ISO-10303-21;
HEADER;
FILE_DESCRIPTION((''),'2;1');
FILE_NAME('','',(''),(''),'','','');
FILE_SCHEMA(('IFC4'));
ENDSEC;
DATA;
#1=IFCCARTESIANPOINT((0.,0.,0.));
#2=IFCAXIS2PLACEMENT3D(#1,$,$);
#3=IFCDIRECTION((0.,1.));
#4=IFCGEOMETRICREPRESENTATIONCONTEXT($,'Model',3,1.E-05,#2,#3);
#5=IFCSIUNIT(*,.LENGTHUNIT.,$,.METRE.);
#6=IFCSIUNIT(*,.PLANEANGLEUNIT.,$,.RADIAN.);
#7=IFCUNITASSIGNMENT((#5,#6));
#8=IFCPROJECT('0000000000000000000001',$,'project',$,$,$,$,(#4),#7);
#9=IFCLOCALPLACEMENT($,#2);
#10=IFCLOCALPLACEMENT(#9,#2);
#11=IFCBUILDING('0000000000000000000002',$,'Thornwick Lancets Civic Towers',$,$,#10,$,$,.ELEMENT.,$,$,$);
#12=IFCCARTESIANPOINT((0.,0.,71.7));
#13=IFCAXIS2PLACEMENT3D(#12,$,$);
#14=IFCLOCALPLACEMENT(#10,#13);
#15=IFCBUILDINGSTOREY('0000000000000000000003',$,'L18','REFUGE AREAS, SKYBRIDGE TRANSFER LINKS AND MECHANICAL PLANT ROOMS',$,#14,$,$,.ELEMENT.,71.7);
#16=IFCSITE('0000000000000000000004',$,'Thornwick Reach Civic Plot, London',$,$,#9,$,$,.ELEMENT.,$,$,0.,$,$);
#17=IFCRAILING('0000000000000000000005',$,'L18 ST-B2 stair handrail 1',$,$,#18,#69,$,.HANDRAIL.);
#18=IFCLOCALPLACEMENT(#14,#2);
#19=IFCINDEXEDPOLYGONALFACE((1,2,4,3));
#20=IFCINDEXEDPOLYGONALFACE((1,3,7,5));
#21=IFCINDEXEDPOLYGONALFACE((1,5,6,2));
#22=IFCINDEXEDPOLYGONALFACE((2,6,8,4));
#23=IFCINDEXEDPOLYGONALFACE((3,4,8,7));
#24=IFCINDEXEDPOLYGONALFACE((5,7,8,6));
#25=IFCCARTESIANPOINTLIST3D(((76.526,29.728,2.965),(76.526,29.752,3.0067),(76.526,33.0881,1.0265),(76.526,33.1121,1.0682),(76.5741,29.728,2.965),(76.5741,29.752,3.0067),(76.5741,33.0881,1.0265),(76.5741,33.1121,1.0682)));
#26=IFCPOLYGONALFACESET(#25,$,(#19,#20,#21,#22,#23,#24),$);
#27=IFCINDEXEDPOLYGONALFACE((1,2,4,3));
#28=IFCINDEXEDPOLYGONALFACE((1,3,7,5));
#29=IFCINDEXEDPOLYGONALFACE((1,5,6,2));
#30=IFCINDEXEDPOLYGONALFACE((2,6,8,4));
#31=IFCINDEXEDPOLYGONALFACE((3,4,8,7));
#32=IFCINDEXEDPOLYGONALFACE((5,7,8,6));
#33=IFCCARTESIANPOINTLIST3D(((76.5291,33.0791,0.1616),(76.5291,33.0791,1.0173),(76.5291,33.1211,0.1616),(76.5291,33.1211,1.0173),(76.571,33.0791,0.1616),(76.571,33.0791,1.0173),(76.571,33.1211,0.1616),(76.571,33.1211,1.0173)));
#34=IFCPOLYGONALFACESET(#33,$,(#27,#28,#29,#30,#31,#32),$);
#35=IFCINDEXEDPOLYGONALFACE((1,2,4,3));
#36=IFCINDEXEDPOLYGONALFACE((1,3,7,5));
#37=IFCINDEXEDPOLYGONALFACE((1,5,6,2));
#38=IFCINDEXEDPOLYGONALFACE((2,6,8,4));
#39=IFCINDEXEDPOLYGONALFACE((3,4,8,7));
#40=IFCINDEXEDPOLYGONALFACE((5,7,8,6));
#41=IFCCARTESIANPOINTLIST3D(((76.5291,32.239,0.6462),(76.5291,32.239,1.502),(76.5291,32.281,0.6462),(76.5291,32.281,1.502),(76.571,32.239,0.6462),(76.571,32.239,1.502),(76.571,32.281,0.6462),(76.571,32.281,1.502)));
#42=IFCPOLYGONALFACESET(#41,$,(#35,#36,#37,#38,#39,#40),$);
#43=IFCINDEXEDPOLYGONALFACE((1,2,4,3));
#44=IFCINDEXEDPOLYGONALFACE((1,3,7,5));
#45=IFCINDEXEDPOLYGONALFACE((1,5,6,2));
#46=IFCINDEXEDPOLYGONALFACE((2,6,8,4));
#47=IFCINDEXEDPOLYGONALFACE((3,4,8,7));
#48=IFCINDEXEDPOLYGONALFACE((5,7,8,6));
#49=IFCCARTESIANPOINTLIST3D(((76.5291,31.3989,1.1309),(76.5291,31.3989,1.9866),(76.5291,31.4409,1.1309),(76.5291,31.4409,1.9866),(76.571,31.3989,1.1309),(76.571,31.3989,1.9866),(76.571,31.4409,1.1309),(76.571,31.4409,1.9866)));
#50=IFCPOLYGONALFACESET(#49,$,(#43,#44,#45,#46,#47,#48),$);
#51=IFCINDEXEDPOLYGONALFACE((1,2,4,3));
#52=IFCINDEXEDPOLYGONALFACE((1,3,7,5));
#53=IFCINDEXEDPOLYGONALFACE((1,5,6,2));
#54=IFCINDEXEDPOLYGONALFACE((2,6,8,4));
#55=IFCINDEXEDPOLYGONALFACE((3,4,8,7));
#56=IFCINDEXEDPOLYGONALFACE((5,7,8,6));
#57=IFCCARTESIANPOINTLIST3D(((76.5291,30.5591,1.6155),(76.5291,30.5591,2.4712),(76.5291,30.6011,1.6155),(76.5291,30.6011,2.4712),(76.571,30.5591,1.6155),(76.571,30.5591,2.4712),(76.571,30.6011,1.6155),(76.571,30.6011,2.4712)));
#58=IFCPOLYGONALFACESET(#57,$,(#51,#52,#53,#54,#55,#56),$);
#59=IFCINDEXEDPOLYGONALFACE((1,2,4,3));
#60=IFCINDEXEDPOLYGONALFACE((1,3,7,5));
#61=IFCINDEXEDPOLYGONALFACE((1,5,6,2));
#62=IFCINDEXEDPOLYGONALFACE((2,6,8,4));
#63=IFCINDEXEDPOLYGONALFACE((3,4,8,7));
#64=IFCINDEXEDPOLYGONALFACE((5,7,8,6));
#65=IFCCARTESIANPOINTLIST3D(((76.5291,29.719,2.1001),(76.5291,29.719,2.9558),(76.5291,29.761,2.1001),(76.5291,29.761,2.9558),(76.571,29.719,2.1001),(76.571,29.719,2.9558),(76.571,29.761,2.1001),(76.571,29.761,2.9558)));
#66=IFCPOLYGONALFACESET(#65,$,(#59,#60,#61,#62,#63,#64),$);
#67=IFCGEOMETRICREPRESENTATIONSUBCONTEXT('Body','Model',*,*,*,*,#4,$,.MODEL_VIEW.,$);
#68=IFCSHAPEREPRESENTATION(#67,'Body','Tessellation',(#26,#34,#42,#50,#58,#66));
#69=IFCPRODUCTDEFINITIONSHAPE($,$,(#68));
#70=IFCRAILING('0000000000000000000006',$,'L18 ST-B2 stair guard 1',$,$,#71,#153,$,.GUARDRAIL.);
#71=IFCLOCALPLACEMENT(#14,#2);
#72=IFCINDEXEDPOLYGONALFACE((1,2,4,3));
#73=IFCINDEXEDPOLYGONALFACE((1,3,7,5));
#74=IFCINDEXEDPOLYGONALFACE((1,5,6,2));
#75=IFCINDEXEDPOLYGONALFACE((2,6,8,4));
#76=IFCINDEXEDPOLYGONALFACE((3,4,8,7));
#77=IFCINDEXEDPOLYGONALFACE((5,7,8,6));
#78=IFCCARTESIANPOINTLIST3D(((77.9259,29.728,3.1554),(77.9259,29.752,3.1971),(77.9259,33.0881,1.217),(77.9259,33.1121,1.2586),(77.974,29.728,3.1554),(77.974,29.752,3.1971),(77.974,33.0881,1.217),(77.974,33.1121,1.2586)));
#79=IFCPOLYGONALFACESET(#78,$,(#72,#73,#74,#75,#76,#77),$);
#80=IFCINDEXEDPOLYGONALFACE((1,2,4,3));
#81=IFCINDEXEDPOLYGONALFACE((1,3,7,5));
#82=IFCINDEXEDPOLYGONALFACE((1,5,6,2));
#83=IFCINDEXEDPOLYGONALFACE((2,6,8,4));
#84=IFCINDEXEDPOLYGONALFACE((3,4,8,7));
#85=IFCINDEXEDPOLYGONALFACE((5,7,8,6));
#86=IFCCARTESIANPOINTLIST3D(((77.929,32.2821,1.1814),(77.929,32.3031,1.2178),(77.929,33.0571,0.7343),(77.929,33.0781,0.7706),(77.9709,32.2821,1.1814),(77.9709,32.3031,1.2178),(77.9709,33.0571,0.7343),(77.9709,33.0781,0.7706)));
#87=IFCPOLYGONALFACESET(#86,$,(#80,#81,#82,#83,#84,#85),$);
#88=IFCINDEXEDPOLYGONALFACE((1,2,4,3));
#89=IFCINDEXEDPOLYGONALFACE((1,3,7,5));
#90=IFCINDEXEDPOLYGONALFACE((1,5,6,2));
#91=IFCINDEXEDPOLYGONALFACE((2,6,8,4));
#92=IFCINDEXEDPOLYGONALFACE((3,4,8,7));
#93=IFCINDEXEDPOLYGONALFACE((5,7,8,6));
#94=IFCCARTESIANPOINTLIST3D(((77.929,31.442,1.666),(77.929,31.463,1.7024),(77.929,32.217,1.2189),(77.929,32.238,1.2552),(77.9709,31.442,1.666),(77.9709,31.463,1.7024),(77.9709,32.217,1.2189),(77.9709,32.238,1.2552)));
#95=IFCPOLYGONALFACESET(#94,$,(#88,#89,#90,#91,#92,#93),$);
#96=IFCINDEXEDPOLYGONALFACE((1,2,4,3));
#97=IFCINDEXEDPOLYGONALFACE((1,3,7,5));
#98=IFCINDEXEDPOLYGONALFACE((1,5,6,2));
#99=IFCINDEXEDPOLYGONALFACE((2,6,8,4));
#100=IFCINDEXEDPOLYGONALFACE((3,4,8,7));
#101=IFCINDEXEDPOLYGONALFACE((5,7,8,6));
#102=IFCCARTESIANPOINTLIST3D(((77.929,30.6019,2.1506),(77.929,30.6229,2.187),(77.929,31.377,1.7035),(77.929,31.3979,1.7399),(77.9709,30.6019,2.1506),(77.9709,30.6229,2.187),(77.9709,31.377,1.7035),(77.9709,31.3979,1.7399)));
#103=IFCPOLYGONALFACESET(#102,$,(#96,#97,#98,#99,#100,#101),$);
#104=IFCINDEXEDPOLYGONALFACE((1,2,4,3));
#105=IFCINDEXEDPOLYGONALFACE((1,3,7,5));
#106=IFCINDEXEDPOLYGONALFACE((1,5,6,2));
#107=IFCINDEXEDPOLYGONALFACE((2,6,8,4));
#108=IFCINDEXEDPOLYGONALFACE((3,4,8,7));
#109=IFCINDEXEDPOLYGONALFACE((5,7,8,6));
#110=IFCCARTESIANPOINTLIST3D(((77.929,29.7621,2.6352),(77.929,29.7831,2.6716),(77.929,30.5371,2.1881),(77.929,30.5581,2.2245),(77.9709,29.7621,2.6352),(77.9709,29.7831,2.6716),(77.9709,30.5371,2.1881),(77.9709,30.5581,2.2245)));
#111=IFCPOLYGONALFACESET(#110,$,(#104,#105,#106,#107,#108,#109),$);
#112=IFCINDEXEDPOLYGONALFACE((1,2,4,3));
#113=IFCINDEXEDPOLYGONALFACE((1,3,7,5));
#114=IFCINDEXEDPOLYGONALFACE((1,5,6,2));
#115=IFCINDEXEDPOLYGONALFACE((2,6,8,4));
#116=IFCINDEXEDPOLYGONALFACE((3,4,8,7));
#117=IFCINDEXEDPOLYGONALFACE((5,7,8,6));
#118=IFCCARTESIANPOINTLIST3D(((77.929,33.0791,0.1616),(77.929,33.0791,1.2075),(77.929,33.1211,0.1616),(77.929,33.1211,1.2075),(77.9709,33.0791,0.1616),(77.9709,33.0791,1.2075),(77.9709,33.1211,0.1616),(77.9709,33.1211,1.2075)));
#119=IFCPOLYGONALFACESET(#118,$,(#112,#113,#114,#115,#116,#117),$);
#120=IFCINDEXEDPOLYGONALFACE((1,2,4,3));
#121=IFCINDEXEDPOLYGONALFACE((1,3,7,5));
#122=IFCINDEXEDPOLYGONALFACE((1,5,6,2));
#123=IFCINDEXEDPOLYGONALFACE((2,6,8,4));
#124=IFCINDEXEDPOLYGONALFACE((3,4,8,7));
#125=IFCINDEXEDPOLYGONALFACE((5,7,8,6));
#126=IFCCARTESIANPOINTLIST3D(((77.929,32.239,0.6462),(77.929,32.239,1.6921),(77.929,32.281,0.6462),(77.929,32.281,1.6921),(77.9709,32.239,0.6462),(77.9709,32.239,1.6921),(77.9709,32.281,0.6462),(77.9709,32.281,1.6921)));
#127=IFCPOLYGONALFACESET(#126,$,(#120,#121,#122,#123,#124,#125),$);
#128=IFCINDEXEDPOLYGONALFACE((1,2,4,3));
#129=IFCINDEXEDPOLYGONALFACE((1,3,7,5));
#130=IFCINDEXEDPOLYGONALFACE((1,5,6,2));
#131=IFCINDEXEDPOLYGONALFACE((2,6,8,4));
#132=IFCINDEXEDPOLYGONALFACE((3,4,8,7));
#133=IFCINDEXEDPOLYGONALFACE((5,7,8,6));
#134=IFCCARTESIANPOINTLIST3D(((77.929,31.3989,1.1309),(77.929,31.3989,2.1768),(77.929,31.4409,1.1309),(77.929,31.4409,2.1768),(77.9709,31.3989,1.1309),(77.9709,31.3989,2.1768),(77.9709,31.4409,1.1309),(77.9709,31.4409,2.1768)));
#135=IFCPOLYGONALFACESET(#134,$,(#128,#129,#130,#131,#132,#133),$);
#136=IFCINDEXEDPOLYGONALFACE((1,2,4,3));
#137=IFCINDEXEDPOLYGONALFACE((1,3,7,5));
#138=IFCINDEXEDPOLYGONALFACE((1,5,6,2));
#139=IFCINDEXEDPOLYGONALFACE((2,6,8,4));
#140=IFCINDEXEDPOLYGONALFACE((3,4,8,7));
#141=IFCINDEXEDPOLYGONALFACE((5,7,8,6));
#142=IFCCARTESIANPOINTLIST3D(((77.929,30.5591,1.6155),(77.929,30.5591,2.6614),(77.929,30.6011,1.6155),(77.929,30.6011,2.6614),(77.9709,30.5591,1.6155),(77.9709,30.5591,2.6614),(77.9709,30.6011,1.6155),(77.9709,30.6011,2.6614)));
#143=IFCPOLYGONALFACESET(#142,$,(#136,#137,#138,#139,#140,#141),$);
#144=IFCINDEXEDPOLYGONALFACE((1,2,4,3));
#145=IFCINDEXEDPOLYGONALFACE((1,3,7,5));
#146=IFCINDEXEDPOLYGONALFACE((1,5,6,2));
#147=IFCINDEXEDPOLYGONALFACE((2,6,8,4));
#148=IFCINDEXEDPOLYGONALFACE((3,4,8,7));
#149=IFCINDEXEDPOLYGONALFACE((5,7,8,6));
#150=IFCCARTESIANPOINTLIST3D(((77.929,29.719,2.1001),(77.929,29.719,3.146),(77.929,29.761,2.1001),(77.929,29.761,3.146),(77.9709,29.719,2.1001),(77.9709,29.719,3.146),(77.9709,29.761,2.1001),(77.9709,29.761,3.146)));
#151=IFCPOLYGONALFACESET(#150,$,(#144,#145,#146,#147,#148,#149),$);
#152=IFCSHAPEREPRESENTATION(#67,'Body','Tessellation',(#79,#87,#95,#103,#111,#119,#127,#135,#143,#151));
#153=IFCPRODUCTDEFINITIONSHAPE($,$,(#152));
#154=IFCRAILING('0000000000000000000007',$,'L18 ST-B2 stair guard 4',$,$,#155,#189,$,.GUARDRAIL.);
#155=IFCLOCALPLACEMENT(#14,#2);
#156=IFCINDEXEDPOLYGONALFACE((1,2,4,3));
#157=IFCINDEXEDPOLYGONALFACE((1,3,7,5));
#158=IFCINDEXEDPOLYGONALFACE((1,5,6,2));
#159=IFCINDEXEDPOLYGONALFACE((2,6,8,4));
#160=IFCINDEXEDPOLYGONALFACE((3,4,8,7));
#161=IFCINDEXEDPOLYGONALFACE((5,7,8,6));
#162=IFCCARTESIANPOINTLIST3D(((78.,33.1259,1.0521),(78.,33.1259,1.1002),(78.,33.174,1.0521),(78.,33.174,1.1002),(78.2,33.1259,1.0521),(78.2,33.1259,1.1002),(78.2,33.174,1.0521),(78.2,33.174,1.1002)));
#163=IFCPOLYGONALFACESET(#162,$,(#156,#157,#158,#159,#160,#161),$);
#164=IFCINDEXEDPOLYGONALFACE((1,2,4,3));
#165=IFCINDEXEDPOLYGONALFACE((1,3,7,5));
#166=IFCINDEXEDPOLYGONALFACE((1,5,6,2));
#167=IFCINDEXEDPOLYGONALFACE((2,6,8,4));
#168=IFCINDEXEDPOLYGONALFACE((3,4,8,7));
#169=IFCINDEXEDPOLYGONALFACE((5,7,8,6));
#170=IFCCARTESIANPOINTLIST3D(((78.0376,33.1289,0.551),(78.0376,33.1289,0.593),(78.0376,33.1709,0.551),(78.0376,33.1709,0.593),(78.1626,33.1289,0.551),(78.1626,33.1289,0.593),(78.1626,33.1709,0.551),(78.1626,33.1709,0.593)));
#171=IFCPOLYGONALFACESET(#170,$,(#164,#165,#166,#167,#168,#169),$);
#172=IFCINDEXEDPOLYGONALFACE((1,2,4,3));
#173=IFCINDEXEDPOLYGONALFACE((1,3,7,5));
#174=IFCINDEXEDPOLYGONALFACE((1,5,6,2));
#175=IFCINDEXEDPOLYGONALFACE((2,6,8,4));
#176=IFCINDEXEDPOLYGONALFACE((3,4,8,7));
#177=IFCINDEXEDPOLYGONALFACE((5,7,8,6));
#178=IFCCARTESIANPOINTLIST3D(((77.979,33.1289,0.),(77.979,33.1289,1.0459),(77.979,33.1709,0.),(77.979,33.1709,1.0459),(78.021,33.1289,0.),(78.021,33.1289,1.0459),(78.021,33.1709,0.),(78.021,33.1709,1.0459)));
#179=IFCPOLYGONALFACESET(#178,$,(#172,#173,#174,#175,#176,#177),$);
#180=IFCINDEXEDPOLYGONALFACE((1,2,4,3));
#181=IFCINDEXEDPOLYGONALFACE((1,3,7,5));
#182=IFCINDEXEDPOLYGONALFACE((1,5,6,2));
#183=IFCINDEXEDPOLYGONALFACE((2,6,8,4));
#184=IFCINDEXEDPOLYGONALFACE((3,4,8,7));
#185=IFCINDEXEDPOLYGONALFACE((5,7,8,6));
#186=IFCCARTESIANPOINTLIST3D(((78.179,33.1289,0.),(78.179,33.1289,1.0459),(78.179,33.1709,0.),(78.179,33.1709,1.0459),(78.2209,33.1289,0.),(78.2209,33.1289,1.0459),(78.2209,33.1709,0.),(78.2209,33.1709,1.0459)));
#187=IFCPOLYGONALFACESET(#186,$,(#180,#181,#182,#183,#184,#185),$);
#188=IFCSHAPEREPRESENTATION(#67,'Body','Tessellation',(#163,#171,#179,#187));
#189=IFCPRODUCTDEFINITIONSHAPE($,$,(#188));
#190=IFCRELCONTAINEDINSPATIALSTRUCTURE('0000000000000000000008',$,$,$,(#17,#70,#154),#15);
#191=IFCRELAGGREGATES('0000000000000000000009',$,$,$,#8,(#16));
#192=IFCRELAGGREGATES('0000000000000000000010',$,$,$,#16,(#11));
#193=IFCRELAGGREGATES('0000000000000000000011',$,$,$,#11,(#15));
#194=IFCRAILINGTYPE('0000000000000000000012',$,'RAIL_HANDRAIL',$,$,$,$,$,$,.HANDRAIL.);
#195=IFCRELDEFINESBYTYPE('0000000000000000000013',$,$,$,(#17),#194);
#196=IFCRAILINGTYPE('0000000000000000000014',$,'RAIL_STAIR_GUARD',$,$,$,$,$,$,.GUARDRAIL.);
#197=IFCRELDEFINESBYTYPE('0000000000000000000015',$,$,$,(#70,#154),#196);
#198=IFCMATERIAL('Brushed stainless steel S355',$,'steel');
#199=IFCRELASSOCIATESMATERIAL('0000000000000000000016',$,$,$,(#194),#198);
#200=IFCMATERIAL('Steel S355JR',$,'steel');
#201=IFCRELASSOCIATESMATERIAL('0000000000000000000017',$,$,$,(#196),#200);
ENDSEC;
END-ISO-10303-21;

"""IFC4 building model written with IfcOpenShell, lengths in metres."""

from ifc_helpers import new_model, si_unit, direction, frame, origin, origin_2d, place, context, subcontext, project, spatial, rectangle, extrude, material, type_object, element, save


model = new_model("IFC4")

# Units and contexts
model_context = context("Model", 3, precision=1e-05, world=origin(), true_north=direction((0.0, 1.0)))
body_context = subcontext(model_context, "Body", "Model", "MODEL_VIEW")
ifc_project = project(units=[si_unit("LENGTHUNIT", "METRE"), si_unit("PLANEANGLEUNIT", "RADIAN")], contexts=[model_context])

# Site, building, storey
site_placement = place(None, origin())
site = spatial("IfcSite", under=ifc_project, at=site_placement, Name="Thornwick Reach Civic Plot, London", CompositionType="ELEMENT", RefElevation=0.0)
building_placement = place(site_placement, origin())
building = spatial("IfcBuilding", under=site, at=building_placement, Name="Thornwick Lancets Civic Towers", CompositionType="ELEMENT")
storey_placement = place(building_placement, frame((0.0, 0.0, 71.7)))
storey = spatial("IfcBuildingStorey", under=building, at=storey_placement, Name="L18", Description="REFUGE AREAS, SKYBRIDGE TRANSFER LINKS AND MECHANICAL PLANT ROOMS", CompositionType="ELEMENT", Elevation=71.7)

# Railings
ifc_material_1 = material(Name="Brushed stainless steel S355", Category="steel")
railing_type_1 = type_object("IfcRailingType", Name="RAIL_HANDRAIL", PredefinedType="HANDRAIL", material=ifc_material_1)
railing_1_placement = place(storey_placement, frame((76.55, 33.1001, 0.1616)))
element("IfcRailing", 1, at=railing_1_placement, inside=storey, type_object=railing_type_1, Name="L18 ST-B2 stair handrail 1", PredefinedType="HANDRAIL", context=body_context, shape_type="SweptSolid", body=[
    extrude(rectangle(XDim=0.0481, YDim=0.0481, at=origin_2d()), frame((0.0, 0.0, 0.8857), z_axis=(0.0, -0.866191, 0.499713), x_axis=(1.0, 0.0, 0.0)), (0.0, 0.0, 1.0), 3.8792),
    extrude(rectangle(XDim=0.042, YDim=0.042, at=origin_2d()), origin(), (0.0, 0.0, 1.0), 0.8557),
    extrude(rectangle(XDim=0.042, YDim=0.042, at=origin_2d()), frame((0.0, -0.8401, 0.4846)), (0.0, 0.0, 1.0), 0.8557),
    extrude(rectangle(XDim=0.042, YDim=0.042, at=origin_2d()), frame((0.0, -1.6802, 0.9692)), (0.0, 0.0, 1.0), 0.8557),
    extrude(rectangle(XDim=0.042, YDim=0.042, at=origin_2d()), frame((0.0, -2.52, 1.4539)), (0.0, 0.0, 1.0), 0.8557),
    extrude(rectangle(XDim=0.042, YDim=0.042, at=origin_2d()), frame((0.0, -3.3601, 1.9385)), (0.0, 0.0, 1.0), 0.8557),
])
ifc_material_2 = material(Name="Steel S355JR", Category="steel")
railing_type_2 = type_object("IfcRailingType", Name="RAIL_STAIR_GUARD", PredefinedType="GUARDRAIL", material=ifc_material_2)
railing_2_placement = place(storey_placement, frame((77.95, 33.1001, 0.1616)))
element("IfcRailing", 2, at=railing_2_placement, inside=storey, type_object=railing_type_2, Name="L18 ST-B2 stair guard 1", PredefinedType="GUARDRAIL", context=body_context, shape_type="SweptSolid", body=[
    extrude(rectangle(XDim=0.0481, YDim=0.0481, at=origin_2d()), frame((0.0, 0.0, 1.0762), z_axis=(0.0, -0.866191, 0.499713), x_axis=(1.0, 0.0, 0.0)), (0.0, 0.0, 1.0), 3.8792),
    extrude(rectangle(XDim=0.042, YDim=0.042, at=origin_2d()), frame((0.0, -0.0325, 0.5908), z_axis=(0.0, -0.866191, 0.499713), x_axis=(1.0, 0.0, 0.0)), (0.0, 0.0, 1.0), 0.8948),
    extrude(rectangle(XDim=0.042, YDim=0.042, at=origin_2d()), frame((0.0, -0.8726, 1.0754), z_axis=(0.0, -0.866191, 0.499713), x_axis=(1.0, 0.0, 0.0)), (0.0, 0.0, 1.0), 0.8948),
    extrude(rectangle(XDim=0.042, YDim=0.042, at=origin_2d()), frame((0.0, -1.7126, 1.5601), z_axis=(0.0, -0.866191, 0.499713), x_axis=(1.0, 0.0, 0.0)), (0.0, 0.0, 1.0), 0.8948),
    extrude(rectangle(XDim=0.042, YDim=0.042, at=origin_2d()), frame((0.0, -2.5525, 2.0447), z_axis=(0.0, -0.866191, 0.499713), x_axis=(1.0, 0.0, 0.0)), (0.0, 0.0, 1.0), 0.8948),
    extrude(rectangle(XDim=0.042, YDim=0.042, at=origin_2d()), origin(), (0.0, 0.0, 1.0), 1.0459),
    extrude(rectangle(XDim=0.042, YDim=0.042, at=origin_2d()), frame((0.0, -0.8401, 0.4846)), (0.0, 0.0, 1.0), 1.0459),
    extrude(rectangle(XDim=0.042, YDim=0.042, at=origin_2d()), frame((0.0, -1.6802, 0.9692)), (0.0, 0.0, 1.0), 1.0459),
    extrude(rectangle(XDim=0.042, YDim=0.042, at=origin_2d()), frame((0.0, -2.52, 1.4539)), (0.0, 0.0, 1.0), 1.0459),
    extrude(rectangle(XDim=0.042, YDim=0.042, at=origin_2d()), frame((0.0, -3.3601, 1.9385)), (0.0, 0.0, 1.0), 1.0459),
])
railing_3_placement = place(storey_placement, frame((78.0, 33.1499, 0.0)))
element("IfcRailing", 3, at=railing_3_placement, inside=storey, type_object=railing_type_2, Name="L18 ST-B2 stair guard 4", PredefinedType="GUARDRAIL", context=body_context, shape_type="SweptSolid", body=[
    extrude(rectangle(XDim=0.0481, YDim=0.0481, at=origin_2d()), frame((0.0, 0.0, 1.0762), z_axis=(1.0, 0.0, 0.0), x_axis=(0.0, 1.0, 0.0)), (0.0, 0.0, 1.0), 0.2),
    extrude(rectangle(XDim=0.042, YDim=0.042, at=origin_2d()), frame((0.0376, 0.0, 0.572), z_axis=(1.0, 0.0, 0.0), x_axis=(0.0, 1.0, 0.0)), (0.0, 0.0, 1.0), 0.125),
    extrude(rectangle(XDim=0.042, YDim=0.042, at=origin_2d()), origin(), (0.0, 0.0, 1.0), 1.0459),
    extrude(rectangle(XDim=0.042, YDim=0.042, at=origin_2d()), frame((0.2, 0.0, 0.0)), (0.0, 0.0, 1.0), 1.0459),
])

save(model, "model.ifc")
